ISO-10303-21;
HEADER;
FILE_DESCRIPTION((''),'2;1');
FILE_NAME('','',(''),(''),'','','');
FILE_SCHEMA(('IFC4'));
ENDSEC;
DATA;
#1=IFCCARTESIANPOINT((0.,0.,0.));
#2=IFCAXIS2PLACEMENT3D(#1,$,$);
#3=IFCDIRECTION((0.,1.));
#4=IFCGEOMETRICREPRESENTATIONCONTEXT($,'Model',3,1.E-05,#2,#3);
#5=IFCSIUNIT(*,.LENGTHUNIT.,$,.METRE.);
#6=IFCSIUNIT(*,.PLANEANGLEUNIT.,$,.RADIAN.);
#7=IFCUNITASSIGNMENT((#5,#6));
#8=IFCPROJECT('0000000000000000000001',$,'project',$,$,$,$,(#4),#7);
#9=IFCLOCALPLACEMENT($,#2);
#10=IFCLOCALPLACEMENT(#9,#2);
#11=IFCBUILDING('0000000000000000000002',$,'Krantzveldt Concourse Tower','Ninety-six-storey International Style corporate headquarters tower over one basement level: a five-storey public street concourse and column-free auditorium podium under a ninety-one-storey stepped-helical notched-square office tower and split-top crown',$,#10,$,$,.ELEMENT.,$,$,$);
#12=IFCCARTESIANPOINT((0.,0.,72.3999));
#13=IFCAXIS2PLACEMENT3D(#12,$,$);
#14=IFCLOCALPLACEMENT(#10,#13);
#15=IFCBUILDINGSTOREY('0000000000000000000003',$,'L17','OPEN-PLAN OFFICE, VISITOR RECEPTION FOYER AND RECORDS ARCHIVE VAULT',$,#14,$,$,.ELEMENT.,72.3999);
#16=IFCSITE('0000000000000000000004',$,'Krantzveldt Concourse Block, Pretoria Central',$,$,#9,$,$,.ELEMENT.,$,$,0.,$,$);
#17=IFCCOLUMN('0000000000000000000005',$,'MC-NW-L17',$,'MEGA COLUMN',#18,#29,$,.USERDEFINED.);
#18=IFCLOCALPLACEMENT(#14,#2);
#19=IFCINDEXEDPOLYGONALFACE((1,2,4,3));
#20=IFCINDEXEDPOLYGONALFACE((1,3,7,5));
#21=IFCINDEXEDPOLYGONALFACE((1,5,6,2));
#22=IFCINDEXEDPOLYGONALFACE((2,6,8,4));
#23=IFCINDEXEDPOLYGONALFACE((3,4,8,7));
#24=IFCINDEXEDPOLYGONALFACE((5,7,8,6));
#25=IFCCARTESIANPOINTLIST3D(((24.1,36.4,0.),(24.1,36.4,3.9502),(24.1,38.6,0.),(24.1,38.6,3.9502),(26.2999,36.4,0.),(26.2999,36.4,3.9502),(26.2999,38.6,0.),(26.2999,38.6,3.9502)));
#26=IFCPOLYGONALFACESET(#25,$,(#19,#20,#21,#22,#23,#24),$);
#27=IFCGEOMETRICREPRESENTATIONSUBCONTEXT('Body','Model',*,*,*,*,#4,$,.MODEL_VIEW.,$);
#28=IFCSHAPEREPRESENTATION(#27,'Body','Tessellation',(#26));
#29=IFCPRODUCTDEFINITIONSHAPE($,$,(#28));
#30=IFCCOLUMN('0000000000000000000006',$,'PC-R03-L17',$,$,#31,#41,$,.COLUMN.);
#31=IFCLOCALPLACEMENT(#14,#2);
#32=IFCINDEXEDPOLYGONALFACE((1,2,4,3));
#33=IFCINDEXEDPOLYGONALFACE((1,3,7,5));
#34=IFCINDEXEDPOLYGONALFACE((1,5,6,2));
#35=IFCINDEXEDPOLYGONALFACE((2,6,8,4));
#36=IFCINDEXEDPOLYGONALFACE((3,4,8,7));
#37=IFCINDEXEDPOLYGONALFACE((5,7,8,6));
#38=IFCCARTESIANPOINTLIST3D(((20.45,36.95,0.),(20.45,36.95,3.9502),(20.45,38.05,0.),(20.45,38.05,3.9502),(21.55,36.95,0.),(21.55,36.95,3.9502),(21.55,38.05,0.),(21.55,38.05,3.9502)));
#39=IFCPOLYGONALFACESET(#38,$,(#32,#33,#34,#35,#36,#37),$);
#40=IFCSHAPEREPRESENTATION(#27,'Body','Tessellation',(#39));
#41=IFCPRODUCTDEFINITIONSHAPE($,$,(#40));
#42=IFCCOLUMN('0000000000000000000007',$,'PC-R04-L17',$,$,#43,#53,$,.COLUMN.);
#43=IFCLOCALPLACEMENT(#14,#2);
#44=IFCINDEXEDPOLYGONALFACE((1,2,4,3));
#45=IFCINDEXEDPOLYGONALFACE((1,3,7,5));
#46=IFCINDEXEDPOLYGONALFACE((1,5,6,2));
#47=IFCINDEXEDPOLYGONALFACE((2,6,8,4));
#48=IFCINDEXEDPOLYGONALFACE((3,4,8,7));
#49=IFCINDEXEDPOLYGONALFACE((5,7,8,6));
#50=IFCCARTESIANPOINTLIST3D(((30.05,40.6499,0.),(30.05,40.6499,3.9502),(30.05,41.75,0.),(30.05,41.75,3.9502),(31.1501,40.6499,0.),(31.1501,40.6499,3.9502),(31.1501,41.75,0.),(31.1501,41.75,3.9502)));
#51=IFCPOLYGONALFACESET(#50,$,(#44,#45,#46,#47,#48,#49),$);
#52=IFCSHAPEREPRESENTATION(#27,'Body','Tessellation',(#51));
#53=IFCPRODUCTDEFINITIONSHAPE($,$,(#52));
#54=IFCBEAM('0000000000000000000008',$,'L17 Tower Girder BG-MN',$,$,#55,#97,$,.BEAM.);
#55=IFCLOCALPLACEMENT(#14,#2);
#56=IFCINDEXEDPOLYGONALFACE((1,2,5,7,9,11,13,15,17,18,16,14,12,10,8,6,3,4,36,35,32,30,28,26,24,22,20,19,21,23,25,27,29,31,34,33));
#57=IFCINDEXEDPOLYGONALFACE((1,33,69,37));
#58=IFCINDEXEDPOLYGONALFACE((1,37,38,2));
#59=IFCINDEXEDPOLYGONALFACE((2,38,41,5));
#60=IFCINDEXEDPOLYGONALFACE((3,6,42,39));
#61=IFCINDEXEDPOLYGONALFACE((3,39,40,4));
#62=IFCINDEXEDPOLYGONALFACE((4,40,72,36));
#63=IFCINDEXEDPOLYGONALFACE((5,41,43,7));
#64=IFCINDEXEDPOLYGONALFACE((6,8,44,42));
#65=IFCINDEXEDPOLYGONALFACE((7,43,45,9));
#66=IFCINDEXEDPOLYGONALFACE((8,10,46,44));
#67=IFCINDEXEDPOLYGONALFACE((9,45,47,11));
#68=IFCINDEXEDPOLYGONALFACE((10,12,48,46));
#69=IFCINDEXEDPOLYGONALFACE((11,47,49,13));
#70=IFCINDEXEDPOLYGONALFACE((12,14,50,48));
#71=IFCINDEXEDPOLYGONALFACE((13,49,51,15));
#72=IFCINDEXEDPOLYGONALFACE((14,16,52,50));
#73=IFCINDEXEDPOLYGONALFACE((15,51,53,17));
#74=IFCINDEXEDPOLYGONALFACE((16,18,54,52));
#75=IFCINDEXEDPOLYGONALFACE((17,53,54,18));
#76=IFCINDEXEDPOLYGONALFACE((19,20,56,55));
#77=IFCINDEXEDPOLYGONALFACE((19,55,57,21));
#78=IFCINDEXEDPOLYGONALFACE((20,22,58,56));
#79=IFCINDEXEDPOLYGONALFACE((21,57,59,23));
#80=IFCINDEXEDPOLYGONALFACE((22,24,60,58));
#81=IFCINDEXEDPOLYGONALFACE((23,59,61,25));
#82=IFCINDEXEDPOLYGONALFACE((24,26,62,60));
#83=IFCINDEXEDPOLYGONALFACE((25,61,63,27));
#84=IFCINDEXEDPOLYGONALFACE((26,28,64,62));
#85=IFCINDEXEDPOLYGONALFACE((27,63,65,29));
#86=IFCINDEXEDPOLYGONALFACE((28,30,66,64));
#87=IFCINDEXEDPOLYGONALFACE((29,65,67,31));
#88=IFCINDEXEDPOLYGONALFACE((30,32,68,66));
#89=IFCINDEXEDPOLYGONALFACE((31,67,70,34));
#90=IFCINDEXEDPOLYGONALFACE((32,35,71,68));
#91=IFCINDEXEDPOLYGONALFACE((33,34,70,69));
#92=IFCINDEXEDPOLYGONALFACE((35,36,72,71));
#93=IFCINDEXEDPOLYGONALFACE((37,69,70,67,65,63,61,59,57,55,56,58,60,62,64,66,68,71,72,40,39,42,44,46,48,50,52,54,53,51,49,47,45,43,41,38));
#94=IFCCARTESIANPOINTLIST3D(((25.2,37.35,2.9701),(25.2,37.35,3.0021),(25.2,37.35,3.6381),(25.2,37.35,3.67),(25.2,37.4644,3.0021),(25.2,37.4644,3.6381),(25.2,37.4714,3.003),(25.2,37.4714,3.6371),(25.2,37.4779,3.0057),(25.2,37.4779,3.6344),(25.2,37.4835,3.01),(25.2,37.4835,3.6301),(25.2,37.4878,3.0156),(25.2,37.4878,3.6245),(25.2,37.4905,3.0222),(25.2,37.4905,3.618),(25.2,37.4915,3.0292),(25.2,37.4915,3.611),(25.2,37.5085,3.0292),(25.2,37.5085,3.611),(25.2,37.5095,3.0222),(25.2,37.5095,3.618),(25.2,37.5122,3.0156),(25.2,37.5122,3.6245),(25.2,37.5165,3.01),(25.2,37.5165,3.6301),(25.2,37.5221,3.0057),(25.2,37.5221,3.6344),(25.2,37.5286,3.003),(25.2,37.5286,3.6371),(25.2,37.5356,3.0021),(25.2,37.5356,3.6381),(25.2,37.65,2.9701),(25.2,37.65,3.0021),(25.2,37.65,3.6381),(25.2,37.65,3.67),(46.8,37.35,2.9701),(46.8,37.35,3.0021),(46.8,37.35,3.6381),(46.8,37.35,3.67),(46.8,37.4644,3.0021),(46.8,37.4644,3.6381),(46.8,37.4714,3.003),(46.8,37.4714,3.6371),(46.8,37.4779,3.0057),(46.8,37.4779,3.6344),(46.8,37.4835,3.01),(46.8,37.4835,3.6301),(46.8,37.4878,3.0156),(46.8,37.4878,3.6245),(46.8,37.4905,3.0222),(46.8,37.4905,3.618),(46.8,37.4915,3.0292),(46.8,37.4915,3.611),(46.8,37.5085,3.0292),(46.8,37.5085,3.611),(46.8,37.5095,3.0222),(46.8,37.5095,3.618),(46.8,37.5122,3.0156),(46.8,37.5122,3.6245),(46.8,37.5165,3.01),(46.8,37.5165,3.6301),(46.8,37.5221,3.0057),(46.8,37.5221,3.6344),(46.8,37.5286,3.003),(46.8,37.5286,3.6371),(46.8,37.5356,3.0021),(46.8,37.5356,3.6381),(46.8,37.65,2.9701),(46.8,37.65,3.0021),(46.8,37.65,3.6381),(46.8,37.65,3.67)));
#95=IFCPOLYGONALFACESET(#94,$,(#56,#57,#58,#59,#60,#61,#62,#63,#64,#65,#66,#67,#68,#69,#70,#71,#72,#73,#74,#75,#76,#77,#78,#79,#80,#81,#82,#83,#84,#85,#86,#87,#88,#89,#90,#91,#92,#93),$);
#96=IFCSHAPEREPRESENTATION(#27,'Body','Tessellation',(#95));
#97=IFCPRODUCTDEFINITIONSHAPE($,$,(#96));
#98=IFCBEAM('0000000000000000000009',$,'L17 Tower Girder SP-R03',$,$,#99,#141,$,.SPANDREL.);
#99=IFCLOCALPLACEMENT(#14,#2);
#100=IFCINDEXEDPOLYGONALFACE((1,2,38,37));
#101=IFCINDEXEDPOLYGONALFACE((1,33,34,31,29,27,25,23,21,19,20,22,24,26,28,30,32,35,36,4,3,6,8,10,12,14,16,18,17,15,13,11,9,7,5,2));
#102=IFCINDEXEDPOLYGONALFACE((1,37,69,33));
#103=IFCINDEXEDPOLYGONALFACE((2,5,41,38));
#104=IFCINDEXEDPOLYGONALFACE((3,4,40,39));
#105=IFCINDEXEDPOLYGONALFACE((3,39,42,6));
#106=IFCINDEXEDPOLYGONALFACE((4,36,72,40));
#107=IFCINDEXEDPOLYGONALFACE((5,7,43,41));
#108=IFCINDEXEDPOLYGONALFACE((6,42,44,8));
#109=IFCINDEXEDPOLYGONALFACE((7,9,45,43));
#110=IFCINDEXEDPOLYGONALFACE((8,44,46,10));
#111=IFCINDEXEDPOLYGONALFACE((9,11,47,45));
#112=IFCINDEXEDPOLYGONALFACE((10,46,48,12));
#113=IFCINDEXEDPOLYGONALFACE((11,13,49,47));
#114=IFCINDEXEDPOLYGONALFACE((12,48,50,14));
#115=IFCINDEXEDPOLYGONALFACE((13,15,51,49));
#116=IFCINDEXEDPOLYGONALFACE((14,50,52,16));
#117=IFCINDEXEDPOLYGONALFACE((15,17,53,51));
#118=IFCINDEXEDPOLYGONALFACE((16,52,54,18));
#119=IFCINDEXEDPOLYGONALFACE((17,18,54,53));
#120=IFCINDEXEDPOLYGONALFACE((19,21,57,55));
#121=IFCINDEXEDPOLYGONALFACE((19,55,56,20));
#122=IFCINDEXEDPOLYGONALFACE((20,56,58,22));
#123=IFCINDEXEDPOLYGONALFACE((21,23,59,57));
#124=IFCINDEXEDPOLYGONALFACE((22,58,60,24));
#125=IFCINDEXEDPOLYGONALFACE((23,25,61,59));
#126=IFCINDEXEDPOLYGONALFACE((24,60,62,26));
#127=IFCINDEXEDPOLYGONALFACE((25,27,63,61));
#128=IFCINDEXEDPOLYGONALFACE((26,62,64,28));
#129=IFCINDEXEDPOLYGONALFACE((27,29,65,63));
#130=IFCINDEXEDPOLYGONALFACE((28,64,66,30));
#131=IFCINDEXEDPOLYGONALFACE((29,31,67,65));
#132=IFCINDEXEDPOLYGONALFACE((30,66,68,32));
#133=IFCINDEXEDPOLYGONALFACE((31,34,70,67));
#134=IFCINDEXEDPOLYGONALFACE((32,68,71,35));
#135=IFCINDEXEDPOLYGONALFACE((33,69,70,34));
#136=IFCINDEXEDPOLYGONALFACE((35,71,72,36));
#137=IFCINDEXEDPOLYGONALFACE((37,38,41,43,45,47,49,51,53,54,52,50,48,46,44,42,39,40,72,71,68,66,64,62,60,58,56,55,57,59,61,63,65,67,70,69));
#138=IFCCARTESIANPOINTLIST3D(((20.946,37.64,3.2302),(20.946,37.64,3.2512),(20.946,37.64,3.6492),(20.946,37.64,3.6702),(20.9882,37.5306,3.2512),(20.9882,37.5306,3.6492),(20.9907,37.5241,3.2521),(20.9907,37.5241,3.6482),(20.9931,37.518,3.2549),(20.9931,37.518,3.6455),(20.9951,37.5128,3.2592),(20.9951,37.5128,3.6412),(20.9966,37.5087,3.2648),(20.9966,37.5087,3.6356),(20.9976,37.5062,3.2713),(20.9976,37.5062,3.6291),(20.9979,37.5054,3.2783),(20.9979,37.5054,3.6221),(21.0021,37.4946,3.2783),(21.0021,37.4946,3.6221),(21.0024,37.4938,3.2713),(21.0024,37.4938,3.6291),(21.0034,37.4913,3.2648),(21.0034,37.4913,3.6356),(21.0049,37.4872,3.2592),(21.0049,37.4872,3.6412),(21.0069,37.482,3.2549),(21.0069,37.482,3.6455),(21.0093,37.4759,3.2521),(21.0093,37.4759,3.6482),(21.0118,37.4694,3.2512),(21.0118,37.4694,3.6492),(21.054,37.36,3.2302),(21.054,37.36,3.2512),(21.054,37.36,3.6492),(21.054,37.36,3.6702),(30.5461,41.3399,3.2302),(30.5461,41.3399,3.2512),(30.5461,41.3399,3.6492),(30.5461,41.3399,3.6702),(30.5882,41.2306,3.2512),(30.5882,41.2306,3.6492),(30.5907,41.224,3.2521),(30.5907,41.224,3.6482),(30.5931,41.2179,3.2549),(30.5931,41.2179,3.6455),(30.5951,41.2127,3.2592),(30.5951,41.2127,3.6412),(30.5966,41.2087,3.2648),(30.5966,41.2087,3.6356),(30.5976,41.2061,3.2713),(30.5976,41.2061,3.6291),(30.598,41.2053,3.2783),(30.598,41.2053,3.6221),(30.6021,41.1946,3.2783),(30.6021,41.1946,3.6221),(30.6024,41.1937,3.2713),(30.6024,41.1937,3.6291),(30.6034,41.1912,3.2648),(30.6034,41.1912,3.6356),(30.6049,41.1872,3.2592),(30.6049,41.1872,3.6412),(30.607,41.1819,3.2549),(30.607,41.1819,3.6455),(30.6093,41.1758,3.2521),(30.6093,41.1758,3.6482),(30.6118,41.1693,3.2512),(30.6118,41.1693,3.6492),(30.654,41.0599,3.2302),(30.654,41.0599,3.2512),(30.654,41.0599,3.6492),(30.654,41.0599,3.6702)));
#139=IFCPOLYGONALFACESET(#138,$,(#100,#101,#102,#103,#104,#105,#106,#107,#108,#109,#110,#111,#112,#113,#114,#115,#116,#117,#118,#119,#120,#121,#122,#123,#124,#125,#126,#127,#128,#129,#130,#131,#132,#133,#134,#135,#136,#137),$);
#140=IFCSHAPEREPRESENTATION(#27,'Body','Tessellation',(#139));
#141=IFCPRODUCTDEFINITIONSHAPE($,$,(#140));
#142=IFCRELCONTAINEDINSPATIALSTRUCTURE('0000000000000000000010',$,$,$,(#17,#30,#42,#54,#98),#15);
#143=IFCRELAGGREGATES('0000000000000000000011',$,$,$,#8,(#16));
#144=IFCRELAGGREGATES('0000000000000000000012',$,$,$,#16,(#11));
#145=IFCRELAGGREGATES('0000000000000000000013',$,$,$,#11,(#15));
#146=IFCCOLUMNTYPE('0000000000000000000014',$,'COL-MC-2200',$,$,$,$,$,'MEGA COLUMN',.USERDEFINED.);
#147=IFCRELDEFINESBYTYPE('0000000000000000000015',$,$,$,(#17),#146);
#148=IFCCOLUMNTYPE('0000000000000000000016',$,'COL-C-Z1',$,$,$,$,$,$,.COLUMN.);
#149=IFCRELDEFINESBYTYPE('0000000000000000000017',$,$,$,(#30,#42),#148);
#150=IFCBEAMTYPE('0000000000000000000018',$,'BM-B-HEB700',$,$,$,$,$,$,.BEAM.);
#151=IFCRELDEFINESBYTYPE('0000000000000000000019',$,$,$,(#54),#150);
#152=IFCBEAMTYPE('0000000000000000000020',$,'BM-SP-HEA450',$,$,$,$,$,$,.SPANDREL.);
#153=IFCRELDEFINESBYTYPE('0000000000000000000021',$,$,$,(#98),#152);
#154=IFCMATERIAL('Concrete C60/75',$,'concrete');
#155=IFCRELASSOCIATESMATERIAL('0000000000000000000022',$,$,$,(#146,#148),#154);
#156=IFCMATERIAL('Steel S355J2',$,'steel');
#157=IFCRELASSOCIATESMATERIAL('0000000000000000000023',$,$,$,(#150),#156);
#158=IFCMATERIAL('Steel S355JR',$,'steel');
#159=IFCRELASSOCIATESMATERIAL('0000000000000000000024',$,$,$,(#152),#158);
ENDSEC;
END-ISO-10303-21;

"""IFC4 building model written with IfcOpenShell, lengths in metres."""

from ifc_helpers import new_model, si_unit, direction, frame, origin, origin_2d, place, context, subcontext, project, spatial, rectangle, i_section, extrude, source, transform, mapped, material, material_profile, profile_set, type_object, type_shapes, element, save


model = new_model("IFC4")

# Units and contexts
model_context = context("Model", 3, precision=1e-05, world=origin(), true_north=direction((0.0, 1.0)))
body_context = subcontext(model_context, "Body", "Model", "MODEL_VIEW")
ifc_project = project(units=[si_unit("LENGTHUNIT", "METRE"), si_unit("PLANEANGLEUNIT", "RADIAN")], contexts=[model_context])

# Site, building, storey
site_placement = place(None, origin())
site = spatial("IfcSite", under=ifc_project, at=site_placement, Name="Krantzveldt Concourse Block, Pretoria Central", CompositionType="ELEMENT", RefElevation=0.0)
building_placement = place(site_placement, origin())
building = spatial("IfcBuilding", under=site, at=building_placement, Name="Krantzveldt Concourse Tower", Description="Ninety-six-storey International Style corporate headquarters tower over one basement level: a five-storey public street concourse and column-free auditorium podium under a ninety-one-storey stepped-helical notched-square office tower and split-top crown", CompositionType="ELEMENT")
storey_placement = place(building_placement, frame((0.0, 0.0, 72.3999)))
storey = spatial("IfcBuildingStorey", under=building, at=storey_placement, Name="L17", Description="OPEN-PLAN OFFICE, VISITOR RECEPTION FOYER AND RECORDS ARCHIVE VAULT", CompositionType="ELEMENT", Elevation=72.3999)

# Columns
ifc_material_1 = material(Name="Concrete C60/75", Category="concrete")
ifc_material_profile_1 = material_profile(ifc_material_1, rectangle(XDim=2.2, YDim=2.2, at=origin_2d()), Name="Concrete C60/75", Category="concrete")
ifc_profile_set_1 = profile_set([ifc_material_profile_1], Name="Concrete C60/75 - RC 2200x2200")
column_type_1 = type_object("IfcColumnType", Name="COL-MC-2200", ElementType="MEGA COLUMN", PredefinedType="USERDEFINED", material=ifc_profile_set_1)
shared_shape_1 = source(origin(), body_context, "Body", "SweptSolid", [
    extrude(rectangle(XDim=2.2, YDim=2.2, at=origin_2d()), origin(), (0.0, 0.0, 1.0), 3.9502),
])
type_shapes(column_type_1, [shared_shape_1])
column_placement = place(storey_placement, frame((25.2, 37.5, 0.0), z_axis=(0.0, 0.0, 1.0), x_axis=(1.0, 0.0, 0.0)))
element("IfcColumn", 1, at=column_placement, inside=storey, type_object=column_type_1, Name="MC-NW-L17", ObjectType="MEGA COLUMN", PredefinedType="USERDEFINED", context=body_context, shape_type="MappedRepresentation", body=[
    mapped(shared_shape_1, transform((0.0, 0.0, 0.0), x_axis=(1.0, 0.0, 0.0), y_axis=(0.0, 1.0, 0.0), z_axis=(0.0, 0.0, 1.0), scale=1.0)),
])
ifc_material_profile_2 = material_profile(ifc_material_1, rectangle(XDim=1.1001, YDim=1.1001, at=origin_2d()), Name="Concrete C60/75", Category="concrete")
ifc_profile_set_2 = profile_set([ifc_material_profile_2], Name="Concrete C60/75 - RC 1100x1100")
column_type_2 = type_object("IfcColumnType", Name="COL-C-Z1", PredefinedType="COLUMN", material=ifc_profile_set_2)
shared_shape_2 = source(origin(), body_context, "Body", "SweptSolid", [
    extrude(rectangle(XDim=1.1001, YDim=1.1001, at=origin_2d()), origin(), (0.0, 0.0, 1.0), 3.9502),
])
type_shapes(column_type_2, [shared_shape_2])
for number, where, z_axis, x_axis, name in (
    (2, (21.0, 37.5, 0.0), (0.0, 0.0, 1.0), (1.0, 0.0, 0.0), "PC-R03-L17"),
    (3, (30.6001, 41.2, 0.0), (0.0, 0.0, 1.0), (1.0, 0.0, 0.0), "PC-R04-L17"),
):
    element("IfcColumn", number, at=place(storey_placement, frame(where, z_axis=z_axis, x_axis=x_axis)), inside=storey, type_object=column_type_2, Name=name, PredefinedType="COLUMN", context=body_context, shape_type="MappedRepresentation", body=[
        mapped(shared_shape_2, transform((0.0, 0.0, 0.0), x_axis=(1.0, 0.0, 0.0), y_axis=(0.0, 1.0, 0.0), z_axis=(0.0, 0.0, 1.0), scale=1.0)),
    ])

# Beams
ifc_material_2 = material(Name="Steel S355J2", Category="steel")
ifc_material_profile_3 = material_profile(ifc_material_2, i_section(OverallWidth=0.3, OverallDepth=0.7, WebThickness=0.0171, FlangeThickness=0.032, FilletRadius=0.0271, at=origin_2d()), Name="Steel S355J2", Category="steel")
ifc_profile_set_3 = profile_set([ifc_material_profile_3], Name="Steel S355J2 - HEB 700")
beam_type_1 = type_object("IfcBeamType", Name="BM-B-HEB700", PredefinedType="BEAM", material=ifc_profile_set_3)
shared_shape_3 = source(origin(), body_context, "Body", "SweptSolid", [
    extrude(i_section(OverallWidth=0.3, OverallDepth=0.7, WebThickness=0.0171, FlangeThickness=0.032, FilletRadius=0.0271, at=origin_2d()), origin(), (0.0, 0.0, 1.0), 21.6001),
])
type_shapes(beam_type_1, [shared_shape_3])
beam_1_placement = place(storey_placement, frame((25.2, 37.5, 3.3201), z_axis=(1.0, 0.0, 0.0), x_axis=(0.0, 1.0, 0.0)))
element("IfcBeam", 4, at=beam_1_placement, inside=storey, type_object=beam_type_1, Name="L17 Tower Girder BG-MN", PredefinedType="BEAM", context=body_context, shape_type="MappedRepresentation", body=[
    mapped(shared_shape_3, transform((0.0, 0.0, 0.0), x_axis=(1.0, 0.0, 0.0), y_axis=(0.0, 1.0, 0.0), z_axis=(0.0, 0.0, 1.0), scale=1.0)),
])
ifc_material_3 = material(Name="Steel S355JR", Category="steel")
ifc_material_profile_4 = material_profile(ifc_material_3, i_section(OverallWidth=0.3, OverallDepth=0.4399, WebThickness=0.0115, FlangeThickness=0.021, FilletRadius=0.0271, at=origin_2d()), Name="Steel S355JR", Category="steel")
ifc_profile_set_4 = profile_set([ifc_material_profile_4], Name="Steel S355JR - HEA 450")
beam_type_2 = type_object("IfcBeamType", Name="BM-SP-HEA450", PredefinedType="SPANDREL", material=ifc_profile_set_4)
shared_shape_4 = source(origin(), body_context, "Body", "SweptSolid", [
    extrude(i_section(OverallWidth=0.3, OverallDepth=0.4399, WebThickness=0.0115, FlangeThickness=0.021, FilletRadius=0.0271, at=origin_2d()), origin(), (0.0, 0.0, 1.0), 10.2883),
])
beam_2_placement = place(storey_placement, frame((21.0, 37.5, 3.4502), z_axis=(0.933098, 0.359623, 0.0), x_axis=(-0.359623, 0.933098, 0.0)))
element("IfcBeam", 5, at=beam_2_placement, inside=storey, type_object=beam_type_2, Name="L17 Tower Girder SP-R03", PredefinedType="SPANDREL", context=body_context, shape_type="MappedRepresentation", body=[
    mapped(shared_shape_4, transform((0.0, 0.0, 0.0), x_axis=(1.0, 0.0, 0.0), y_axis=(0.0, 1.0, 0.0), z_axis=(0.0, 0.0, 1.0), scale=1.0)),
])

save(model, "model.ifc")
